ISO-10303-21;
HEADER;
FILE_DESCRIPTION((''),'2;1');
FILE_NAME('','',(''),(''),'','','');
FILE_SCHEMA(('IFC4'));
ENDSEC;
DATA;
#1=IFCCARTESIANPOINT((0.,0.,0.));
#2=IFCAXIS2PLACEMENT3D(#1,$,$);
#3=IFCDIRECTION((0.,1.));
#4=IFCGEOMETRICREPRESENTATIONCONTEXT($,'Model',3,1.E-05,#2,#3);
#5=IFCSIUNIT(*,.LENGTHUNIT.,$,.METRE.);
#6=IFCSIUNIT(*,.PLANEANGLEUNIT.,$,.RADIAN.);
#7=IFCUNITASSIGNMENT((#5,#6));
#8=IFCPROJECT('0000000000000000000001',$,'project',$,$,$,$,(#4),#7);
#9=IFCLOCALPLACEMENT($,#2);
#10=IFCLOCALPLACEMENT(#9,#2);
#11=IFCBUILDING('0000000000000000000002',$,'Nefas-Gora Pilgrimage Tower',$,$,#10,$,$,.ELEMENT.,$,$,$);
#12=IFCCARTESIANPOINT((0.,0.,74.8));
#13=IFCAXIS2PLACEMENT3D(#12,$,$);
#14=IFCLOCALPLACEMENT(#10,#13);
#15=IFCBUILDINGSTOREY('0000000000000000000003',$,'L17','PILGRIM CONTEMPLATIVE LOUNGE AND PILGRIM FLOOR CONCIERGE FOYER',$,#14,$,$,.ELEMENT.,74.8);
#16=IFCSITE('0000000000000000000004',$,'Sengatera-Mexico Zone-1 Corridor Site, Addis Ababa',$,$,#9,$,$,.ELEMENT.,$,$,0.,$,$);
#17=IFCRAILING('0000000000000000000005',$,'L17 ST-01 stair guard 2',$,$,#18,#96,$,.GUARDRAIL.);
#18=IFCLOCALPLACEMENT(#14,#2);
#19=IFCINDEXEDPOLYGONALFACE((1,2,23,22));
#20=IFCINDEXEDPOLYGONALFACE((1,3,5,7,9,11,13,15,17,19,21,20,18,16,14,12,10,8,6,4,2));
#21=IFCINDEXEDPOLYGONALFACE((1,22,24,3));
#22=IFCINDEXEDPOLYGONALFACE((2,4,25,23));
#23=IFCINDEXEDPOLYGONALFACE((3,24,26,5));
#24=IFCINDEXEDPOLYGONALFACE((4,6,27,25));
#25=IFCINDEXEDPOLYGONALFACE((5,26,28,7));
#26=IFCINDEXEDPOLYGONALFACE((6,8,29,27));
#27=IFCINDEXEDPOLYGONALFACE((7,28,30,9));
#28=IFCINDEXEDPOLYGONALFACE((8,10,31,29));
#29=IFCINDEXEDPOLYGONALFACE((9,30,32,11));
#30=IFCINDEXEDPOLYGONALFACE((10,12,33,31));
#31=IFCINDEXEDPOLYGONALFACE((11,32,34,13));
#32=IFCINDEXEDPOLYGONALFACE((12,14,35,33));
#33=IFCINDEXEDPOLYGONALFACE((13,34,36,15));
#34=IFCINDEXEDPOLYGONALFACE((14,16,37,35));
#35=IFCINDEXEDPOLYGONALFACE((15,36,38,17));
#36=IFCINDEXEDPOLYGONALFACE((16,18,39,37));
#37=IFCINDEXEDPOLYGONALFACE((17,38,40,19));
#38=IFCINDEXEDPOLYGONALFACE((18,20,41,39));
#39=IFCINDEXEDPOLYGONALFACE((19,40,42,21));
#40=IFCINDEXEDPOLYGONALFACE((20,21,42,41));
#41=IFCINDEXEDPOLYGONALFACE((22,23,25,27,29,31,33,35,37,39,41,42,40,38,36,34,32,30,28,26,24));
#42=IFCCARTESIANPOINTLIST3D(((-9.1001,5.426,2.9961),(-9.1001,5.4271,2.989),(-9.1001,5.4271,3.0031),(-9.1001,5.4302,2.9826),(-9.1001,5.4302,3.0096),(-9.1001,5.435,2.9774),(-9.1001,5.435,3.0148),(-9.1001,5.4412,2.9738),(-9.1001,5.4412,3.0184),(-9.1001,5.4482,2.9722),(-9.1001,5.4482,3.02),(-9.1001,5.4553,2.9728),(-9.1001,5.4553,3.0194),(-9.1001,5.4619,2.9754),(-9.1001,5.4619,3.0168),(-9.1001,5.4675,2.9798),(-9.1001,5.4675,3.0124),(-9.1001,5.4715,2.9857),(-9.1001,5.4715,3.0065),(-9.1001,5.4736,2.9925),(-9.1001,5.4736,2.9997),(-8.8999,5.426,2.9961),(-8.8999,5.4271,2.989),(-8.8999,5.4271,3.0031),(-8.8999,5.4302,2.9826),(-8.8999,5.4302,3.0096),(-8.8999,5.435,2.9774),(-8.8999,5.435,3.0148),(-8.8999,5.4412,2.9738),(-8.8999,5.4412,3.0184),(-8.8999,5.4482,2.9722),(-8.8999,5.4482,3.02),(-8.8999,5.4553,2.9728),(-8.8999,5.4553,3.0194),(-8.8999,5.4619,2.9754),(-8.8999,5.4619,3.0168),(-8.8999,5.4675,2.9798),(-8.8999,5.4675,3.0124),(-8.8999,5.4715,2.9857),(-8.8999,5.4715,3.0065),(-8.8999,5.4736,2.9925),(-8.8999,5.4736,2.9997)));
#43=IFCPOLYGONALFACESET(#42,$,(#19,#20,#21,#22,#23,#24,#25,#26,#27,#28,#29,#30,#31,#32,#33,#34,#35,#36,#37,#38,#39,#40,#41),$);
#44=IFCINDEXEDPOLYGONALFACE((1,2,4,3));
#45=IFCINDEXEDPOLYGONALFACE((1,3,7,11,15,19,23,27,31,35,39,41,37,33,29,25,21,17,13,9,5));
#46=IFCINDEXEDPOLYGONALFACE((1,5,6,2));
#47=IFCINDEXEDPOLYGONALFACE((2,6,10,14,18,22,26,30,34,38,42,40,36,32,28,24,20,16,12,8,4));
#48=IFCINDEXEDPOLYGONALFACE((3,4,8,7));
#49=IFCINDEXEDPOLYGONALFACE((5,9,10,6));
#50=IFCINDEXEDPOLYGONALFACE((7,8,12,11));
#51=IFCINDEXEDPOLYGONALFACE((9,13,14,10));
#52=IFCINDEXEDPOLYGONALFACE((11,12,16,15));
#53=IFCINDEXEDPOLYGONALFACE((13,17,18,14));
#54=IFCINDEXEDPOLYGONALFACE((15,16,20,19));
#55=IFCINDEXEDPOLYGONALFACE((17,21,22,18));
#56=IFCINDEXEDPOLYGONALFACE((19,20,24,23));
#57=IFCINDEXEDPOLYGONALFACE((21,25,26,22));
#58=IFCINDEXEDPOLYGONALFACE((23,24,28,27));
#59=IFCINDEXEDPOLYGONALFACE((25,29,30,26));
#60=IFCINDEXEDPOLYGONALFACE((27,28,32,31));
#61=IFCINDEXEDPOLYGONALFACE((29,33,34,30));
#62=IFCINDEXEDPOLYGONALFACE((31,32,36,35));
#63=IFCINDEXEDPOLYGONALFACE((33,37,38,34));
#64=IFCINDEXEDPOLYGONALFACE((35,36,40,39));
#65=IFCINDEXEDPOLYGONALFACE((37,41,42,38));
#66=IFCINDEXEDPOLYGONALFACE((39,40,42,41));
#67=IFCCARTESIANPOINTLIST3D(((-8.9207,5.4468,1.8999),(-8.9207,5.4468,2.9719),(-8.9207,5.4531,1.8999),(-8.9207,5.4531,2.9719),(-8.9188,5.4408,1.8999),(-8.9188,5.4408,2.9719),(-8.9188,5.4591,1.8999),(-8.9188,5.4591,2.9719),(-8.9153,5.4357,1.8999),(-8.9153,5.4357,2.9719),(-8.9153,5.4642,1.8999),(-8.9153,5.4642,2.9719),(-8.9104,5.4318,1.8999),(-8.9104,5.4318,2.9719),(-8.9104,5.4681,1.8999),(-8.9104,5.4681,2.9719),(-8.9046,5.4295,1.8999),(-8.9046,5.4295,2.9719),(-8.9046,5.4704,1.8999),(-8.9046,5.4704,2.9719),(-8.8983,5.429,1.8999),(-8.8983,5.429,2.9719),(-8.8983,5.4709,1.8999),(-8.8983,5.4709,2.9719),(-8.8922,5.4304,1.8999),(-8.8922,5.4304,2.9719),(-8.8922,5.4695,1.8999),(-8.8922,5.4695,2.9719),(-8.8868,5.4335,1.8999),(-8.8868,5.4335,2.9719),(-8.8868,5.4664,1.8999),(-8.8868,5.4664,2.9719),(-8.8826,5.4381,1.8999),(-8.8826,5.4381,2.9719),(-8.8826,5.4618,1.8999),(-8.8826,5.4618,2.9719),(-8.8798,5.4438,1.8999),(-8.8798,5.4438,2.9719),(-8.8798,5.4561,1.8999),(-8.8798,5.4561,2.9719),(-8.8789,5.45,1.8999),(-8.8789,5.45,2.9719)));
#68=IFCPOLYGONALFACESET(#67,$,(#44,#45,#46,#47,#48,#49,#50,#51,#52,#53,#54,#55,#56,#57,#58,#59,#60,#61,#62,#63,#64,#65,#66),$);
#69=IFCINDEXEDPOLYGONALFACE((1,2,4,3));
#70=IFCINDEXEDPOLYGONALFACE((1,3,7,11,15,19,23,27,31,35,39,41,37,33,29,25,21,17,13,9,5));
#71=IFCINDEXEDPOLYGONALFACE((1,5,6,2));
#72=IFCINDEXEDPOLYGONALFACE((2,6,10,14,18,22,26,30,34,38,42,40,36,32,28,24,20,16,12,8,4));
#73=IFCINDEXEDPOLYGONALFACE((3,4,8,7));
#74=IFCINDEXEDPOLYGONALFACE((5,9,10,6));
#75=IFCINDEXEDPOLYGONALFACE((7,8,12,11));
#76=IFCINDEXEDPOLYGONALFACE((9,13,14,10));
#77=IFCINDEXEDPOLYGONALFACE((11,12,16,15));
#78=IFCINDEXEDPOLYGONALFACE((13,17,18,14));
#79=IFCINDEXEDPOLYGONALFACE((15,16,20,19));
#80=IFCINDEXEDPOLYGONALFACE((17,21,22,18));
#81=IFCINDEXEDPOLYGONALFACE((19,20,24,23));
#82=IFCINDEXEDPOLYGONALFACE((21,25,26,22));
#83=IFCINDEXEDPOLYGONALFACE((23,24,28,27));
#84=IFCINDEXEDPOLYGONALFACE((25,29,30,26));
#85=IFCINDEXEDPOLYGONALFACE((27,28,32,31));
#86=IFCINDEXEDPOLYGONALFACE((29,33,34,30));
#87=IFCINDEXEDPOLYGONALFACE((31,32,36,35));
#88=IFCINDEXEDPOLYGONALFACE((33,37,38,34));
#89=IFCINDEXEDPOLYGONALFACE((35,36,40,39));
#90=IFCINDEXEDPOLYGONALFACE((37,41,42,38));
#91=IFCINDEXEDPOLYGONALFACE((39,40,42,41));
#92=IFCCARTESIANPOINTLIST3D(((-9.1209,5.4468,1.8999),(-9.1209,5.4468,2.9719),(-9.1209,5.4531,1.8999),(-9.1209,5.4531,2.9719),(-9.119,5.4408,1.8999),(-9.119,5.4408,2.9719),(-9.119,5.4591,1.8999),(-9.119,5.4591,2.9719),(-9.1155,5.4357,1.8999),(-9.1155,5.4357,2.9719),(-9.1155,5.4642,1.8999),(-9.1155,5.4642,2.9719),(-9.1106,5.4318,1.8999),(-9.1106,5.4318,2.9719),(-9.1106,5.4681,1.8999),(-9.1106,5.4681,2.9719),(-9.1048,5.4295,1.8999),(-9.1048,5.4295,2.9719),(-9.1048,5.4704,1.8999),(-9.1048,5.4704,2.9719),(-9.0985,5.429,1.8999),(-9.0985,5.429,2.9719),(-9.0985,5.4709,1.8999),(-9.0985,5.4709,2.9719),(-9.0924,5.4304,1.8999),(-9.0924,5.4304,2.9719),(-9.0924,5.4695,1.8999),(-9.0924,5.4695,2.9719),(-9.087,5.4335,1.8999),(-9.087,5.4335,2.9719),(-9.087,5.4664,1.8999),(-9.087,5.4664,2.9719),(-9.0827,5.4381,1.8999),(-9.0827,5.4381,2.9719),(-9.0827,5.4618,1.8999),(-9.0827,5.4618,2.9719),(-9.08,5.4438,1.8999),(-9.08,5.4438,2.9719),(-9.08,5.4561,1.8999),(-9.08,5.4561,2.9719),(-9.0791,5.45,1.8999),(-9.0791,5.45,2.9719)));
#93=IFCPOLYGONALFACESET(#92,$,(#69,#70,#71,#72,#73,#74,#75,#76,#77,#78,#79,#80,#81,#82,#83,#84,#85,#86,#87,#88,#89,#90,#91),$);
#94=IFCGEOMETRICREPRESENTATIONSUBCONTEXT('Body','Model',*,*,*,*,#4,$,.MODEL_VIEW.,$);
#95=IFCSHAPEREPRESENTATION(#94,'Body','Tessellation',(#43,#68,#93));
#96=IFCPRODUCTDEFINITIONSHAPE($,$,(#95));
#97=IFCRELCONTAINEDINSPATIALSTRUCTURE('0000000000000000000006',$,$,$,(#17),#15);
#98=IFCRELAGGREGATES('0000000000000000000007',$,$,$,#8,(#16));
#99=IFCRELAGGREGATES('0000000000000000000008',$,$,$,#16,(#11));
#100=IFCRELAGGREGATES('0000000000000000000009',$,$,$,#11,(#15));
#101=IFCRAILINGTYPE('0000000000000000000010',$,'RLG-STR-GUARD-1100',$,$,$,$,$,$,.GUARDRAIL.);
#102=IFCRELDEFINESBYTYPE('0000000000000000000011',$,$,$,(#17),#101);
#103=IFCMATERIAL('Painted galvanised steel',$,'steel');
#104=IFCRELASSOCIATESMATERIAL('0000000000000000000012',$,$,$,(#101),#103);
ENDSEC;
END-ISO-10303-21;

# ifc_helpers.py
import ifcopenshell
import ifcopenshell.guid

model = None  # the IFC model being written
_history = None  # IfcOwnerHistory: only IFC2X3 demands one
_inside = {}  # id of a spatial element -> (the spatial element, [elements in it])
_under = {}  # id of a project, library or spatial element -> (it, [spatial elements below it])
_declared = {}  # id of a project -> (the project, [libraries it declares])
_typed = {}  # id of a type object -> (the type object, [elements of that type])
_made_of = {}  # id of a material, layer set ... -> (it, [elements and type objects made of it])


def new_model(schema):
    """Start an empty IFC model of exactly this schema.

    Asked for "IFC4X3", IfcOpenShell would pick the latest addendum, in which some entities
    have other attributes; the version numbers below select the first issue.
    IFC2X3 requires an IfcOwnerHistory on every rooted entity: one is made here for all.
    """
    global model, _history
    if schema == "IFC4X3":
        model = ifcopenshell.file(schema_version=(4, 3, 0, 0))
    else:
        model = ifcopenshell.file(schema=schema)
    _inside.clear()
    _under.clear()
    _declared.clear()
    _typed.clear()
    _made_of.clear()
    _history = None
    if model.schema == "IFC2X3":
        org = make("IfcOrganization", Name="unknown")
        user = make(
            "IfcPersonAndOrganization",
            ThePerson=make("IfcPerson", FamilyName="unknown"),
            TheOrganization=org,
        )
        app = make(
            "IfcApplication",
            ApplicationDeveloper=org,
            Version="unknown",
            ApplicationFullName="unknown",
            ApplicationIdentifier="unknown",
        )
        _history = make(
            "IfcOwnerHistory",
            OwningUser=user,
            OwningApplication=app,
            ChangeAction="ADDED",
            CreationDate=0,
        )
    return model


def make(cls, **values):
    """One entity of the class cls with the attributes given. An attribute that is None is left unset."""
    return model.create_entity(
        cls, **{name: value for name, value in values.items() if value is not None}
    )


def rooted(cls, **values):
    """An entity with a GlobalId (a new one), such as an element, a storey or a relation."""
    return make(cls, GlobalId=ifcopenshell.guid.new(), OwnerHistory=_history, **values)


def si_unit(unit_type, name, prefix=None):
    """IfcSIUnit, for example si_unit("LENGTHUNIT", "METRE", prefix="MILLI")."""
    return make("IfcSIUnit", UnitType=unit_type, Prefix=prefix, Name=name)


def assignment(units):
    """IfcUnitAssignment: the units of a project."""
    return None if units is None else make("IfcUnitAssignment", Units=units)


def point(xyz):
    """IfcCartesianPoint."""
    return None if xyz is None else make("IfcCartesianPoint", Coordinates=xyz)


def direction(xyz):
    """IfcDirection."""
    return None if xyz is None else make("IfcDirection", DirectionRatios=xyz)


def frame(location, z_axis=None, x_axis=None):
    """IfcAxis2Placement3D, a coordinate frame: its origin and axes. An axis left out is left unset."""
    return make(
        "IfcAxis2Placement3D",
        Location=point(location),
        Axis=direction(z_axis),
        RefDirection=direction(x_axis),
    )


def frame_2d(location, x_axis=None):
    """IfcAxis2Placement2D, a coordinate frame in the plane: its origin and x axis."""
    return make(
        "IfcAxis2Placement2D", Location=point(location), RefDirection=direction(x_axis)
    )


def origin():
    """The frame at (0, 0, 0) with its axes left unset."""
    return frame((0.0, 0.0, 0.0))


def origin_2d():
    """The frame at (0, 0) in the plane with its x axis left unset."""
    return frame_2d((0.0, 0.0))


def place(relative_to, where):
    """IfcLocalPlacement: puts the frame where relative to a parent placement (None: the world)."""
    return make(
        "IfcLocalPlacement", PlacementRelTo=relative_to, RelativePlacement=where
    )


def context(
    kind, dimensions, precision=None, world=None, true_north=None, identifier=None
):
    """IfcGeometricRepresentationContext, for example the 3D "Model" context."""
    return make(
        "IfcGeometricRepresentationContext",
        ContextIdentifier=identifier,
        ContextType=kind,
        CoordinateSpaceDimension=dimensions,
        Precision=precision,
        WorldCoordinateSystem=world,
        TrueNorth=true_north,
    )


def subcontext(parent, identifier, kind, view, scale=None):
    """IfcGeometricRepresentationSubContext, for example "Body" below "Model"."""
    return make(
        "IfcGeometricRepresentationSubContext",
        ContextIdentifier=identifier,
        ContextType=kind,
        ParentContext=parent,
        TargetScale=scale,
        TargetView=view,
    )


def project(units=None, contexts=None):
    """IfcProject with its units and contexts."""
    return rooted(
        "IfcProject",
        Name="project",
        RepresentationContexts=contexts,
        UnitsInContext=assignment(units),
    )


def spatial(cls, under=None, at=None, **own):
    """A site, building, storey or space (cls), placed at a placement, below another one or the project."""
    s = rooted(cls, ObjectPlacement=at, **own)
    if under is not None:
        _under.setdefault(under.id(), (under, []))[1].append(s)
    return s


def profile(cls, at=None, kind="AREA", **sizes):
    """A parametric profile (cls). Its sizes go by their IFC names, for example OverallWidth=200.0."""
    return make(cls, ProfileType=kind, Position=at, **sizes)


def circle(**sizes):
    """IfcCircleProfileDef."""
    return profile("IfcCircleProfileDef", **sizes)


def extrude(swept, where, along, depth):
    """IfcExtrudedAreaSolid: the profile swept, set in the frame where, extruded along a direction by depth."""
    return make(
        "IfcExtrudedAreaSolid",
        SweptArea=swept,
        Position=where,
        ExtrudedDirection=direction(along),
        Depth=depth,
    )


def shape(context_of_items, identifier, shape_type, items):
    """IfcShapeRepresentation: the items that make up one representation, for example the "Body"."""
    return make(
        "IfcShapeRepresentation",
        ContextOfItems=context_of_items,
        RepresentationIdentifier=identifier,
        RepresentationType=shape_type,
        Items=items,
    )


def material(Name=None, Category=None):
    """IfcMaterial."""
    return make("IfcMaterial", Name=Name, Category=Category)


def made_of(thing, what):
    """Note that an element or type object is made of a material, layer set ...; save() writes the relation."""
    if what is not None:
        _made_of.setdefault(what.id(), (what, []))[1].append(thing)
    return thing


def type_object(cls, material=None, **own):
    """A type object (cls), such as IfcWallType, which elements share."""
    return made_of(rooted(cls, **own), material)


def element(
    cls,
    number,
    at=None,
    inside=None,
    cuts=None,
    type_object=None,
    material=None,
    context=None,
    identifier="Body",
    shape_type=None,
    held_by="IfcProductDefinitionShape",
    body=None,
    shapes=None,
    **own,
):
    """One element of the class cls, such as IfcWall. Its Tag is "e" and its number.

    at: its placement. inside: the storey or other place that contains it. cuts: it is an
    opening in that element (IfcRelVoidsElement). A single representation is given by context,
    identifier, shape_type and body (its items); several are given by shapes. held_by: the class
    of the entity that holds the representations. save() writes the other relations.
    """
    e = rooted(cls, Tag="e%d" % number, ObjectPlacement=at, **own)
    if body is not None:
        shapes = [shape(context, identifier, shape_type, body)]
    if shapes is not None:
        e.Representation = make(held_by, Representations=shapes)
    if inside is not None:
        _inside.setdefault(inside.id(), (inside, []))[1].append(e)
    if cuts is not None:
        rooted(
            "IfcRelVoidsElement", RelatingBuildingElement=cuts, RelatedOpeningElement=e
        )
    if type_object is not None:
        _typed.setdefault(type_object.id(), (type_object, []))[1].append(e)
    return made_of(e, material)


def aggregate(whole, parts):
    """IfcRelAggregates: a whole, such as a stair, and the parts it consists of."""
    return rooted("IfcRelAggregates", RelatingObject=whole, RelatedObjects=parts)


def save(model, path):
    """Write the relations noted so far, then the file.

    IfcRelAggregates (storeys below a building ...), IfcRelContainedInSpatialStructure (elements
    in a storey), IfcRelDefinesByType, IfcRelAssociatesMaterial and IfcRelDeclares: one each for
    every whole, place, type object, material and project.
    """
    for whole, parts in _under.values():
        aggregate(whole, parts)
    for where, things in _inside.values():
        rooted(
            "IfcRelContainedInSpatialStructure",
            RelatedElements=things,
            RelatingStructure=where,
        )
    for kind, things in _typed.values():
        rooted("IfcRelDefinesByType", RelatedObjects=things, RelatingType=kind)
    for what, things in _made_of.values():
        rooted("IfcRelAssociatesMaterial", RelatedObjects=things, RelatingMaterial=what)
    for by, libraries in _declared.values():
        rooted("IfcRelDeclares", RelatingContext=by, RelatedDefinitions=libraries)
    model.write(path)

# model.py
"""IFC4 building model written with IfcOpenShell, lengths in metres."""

from ifc_helpers import new_model, si_unit, direction, frame, origin, origin_2d, place, context, subcontext, project, spatial, circle, extrude, material, type_object, element, save


model = new_model("IFC4")

# Units and contexts
model_context = context("Model", 3, precision=1e-05, world=origin(), true_north=direction((0.0, 1.0)))
body_context = subcontext(model_context, "Body", "Model", "MODEL_VIEW")
ifc_project = project(units=[si_unit("LENGTHUNIT", "METRE"), si_unit("PLANEANGLEUNIT", "RADIAN")], contexts=[model_context])

# Site, building, storey
site_placement = place(None, origin())
site = spatial("IfcSite", under=ifc_project, at=site_placement, Name="Sengatera-Mexico Zone-1 Corridor Site, Addis Ababa", CompositionType="ELEMENT", RefElevation=0.0)
building_placement = place(site_placement, origin())
building = spatial("IfcBuilding", under=site, at=building_placement, Name="Nefas-Gora Pilgrimage Tower", CompositionType="ELEMENT")
storey_placement = place(building_placement, frame((0.0, 0.0, 74.8)))
storey = spatial("IfcBuildingStorey", under=building, at=storey_placement, Name="L17", Description="PILGRIM CONTEMPLATIVE LOUNGE AND PILGRIM FLOOR CONCIERGE FOYER", CompositionType="ELEMENT", Elevation=74.8)

# Railing
ifc_material_1 = material(Name="Painted galvanised steel", Category="steel")
railing_type_1 = type_object("IfcRailingType", Name="RLG-STR-GUARD-1100", PredefinedType="GUARDRAIL", material=ifc_material_1)
railing_1_placement = place(storey_placement, frame((-8.8999, 5.45, 1.8999)))
element("IfcRailing", 1, at=railing_1_placement, inside=storey, type_object=railing_type_1, Name="L17 ST-01 stair guard 2", PredefinedType="GUARDRAIL", context=body_context, shape_type="SweptSolid", body=[
    extrude(circle(Radius=0.0239, at=origin_2d()), frame((0.0, 0.0, 1.0962), z_axis=(-1.0, 0.0, 0.0), x_axis=(0.0, -1.0, 0.0)), (0.0, 0.0, 1.0), 0.2002),
    extrude(circle(Radius=0.021, at=origin_2d()), origin(), (0.0, 0.0, 1.0), 1.072),
    extrude(circle(Radius=0.021, at=origin_2d()), frame((-0.2002, 0.0, 0.0)), (0.0, 0.0, 1.0), 1.072),
])

save(model, "model.ifc")
